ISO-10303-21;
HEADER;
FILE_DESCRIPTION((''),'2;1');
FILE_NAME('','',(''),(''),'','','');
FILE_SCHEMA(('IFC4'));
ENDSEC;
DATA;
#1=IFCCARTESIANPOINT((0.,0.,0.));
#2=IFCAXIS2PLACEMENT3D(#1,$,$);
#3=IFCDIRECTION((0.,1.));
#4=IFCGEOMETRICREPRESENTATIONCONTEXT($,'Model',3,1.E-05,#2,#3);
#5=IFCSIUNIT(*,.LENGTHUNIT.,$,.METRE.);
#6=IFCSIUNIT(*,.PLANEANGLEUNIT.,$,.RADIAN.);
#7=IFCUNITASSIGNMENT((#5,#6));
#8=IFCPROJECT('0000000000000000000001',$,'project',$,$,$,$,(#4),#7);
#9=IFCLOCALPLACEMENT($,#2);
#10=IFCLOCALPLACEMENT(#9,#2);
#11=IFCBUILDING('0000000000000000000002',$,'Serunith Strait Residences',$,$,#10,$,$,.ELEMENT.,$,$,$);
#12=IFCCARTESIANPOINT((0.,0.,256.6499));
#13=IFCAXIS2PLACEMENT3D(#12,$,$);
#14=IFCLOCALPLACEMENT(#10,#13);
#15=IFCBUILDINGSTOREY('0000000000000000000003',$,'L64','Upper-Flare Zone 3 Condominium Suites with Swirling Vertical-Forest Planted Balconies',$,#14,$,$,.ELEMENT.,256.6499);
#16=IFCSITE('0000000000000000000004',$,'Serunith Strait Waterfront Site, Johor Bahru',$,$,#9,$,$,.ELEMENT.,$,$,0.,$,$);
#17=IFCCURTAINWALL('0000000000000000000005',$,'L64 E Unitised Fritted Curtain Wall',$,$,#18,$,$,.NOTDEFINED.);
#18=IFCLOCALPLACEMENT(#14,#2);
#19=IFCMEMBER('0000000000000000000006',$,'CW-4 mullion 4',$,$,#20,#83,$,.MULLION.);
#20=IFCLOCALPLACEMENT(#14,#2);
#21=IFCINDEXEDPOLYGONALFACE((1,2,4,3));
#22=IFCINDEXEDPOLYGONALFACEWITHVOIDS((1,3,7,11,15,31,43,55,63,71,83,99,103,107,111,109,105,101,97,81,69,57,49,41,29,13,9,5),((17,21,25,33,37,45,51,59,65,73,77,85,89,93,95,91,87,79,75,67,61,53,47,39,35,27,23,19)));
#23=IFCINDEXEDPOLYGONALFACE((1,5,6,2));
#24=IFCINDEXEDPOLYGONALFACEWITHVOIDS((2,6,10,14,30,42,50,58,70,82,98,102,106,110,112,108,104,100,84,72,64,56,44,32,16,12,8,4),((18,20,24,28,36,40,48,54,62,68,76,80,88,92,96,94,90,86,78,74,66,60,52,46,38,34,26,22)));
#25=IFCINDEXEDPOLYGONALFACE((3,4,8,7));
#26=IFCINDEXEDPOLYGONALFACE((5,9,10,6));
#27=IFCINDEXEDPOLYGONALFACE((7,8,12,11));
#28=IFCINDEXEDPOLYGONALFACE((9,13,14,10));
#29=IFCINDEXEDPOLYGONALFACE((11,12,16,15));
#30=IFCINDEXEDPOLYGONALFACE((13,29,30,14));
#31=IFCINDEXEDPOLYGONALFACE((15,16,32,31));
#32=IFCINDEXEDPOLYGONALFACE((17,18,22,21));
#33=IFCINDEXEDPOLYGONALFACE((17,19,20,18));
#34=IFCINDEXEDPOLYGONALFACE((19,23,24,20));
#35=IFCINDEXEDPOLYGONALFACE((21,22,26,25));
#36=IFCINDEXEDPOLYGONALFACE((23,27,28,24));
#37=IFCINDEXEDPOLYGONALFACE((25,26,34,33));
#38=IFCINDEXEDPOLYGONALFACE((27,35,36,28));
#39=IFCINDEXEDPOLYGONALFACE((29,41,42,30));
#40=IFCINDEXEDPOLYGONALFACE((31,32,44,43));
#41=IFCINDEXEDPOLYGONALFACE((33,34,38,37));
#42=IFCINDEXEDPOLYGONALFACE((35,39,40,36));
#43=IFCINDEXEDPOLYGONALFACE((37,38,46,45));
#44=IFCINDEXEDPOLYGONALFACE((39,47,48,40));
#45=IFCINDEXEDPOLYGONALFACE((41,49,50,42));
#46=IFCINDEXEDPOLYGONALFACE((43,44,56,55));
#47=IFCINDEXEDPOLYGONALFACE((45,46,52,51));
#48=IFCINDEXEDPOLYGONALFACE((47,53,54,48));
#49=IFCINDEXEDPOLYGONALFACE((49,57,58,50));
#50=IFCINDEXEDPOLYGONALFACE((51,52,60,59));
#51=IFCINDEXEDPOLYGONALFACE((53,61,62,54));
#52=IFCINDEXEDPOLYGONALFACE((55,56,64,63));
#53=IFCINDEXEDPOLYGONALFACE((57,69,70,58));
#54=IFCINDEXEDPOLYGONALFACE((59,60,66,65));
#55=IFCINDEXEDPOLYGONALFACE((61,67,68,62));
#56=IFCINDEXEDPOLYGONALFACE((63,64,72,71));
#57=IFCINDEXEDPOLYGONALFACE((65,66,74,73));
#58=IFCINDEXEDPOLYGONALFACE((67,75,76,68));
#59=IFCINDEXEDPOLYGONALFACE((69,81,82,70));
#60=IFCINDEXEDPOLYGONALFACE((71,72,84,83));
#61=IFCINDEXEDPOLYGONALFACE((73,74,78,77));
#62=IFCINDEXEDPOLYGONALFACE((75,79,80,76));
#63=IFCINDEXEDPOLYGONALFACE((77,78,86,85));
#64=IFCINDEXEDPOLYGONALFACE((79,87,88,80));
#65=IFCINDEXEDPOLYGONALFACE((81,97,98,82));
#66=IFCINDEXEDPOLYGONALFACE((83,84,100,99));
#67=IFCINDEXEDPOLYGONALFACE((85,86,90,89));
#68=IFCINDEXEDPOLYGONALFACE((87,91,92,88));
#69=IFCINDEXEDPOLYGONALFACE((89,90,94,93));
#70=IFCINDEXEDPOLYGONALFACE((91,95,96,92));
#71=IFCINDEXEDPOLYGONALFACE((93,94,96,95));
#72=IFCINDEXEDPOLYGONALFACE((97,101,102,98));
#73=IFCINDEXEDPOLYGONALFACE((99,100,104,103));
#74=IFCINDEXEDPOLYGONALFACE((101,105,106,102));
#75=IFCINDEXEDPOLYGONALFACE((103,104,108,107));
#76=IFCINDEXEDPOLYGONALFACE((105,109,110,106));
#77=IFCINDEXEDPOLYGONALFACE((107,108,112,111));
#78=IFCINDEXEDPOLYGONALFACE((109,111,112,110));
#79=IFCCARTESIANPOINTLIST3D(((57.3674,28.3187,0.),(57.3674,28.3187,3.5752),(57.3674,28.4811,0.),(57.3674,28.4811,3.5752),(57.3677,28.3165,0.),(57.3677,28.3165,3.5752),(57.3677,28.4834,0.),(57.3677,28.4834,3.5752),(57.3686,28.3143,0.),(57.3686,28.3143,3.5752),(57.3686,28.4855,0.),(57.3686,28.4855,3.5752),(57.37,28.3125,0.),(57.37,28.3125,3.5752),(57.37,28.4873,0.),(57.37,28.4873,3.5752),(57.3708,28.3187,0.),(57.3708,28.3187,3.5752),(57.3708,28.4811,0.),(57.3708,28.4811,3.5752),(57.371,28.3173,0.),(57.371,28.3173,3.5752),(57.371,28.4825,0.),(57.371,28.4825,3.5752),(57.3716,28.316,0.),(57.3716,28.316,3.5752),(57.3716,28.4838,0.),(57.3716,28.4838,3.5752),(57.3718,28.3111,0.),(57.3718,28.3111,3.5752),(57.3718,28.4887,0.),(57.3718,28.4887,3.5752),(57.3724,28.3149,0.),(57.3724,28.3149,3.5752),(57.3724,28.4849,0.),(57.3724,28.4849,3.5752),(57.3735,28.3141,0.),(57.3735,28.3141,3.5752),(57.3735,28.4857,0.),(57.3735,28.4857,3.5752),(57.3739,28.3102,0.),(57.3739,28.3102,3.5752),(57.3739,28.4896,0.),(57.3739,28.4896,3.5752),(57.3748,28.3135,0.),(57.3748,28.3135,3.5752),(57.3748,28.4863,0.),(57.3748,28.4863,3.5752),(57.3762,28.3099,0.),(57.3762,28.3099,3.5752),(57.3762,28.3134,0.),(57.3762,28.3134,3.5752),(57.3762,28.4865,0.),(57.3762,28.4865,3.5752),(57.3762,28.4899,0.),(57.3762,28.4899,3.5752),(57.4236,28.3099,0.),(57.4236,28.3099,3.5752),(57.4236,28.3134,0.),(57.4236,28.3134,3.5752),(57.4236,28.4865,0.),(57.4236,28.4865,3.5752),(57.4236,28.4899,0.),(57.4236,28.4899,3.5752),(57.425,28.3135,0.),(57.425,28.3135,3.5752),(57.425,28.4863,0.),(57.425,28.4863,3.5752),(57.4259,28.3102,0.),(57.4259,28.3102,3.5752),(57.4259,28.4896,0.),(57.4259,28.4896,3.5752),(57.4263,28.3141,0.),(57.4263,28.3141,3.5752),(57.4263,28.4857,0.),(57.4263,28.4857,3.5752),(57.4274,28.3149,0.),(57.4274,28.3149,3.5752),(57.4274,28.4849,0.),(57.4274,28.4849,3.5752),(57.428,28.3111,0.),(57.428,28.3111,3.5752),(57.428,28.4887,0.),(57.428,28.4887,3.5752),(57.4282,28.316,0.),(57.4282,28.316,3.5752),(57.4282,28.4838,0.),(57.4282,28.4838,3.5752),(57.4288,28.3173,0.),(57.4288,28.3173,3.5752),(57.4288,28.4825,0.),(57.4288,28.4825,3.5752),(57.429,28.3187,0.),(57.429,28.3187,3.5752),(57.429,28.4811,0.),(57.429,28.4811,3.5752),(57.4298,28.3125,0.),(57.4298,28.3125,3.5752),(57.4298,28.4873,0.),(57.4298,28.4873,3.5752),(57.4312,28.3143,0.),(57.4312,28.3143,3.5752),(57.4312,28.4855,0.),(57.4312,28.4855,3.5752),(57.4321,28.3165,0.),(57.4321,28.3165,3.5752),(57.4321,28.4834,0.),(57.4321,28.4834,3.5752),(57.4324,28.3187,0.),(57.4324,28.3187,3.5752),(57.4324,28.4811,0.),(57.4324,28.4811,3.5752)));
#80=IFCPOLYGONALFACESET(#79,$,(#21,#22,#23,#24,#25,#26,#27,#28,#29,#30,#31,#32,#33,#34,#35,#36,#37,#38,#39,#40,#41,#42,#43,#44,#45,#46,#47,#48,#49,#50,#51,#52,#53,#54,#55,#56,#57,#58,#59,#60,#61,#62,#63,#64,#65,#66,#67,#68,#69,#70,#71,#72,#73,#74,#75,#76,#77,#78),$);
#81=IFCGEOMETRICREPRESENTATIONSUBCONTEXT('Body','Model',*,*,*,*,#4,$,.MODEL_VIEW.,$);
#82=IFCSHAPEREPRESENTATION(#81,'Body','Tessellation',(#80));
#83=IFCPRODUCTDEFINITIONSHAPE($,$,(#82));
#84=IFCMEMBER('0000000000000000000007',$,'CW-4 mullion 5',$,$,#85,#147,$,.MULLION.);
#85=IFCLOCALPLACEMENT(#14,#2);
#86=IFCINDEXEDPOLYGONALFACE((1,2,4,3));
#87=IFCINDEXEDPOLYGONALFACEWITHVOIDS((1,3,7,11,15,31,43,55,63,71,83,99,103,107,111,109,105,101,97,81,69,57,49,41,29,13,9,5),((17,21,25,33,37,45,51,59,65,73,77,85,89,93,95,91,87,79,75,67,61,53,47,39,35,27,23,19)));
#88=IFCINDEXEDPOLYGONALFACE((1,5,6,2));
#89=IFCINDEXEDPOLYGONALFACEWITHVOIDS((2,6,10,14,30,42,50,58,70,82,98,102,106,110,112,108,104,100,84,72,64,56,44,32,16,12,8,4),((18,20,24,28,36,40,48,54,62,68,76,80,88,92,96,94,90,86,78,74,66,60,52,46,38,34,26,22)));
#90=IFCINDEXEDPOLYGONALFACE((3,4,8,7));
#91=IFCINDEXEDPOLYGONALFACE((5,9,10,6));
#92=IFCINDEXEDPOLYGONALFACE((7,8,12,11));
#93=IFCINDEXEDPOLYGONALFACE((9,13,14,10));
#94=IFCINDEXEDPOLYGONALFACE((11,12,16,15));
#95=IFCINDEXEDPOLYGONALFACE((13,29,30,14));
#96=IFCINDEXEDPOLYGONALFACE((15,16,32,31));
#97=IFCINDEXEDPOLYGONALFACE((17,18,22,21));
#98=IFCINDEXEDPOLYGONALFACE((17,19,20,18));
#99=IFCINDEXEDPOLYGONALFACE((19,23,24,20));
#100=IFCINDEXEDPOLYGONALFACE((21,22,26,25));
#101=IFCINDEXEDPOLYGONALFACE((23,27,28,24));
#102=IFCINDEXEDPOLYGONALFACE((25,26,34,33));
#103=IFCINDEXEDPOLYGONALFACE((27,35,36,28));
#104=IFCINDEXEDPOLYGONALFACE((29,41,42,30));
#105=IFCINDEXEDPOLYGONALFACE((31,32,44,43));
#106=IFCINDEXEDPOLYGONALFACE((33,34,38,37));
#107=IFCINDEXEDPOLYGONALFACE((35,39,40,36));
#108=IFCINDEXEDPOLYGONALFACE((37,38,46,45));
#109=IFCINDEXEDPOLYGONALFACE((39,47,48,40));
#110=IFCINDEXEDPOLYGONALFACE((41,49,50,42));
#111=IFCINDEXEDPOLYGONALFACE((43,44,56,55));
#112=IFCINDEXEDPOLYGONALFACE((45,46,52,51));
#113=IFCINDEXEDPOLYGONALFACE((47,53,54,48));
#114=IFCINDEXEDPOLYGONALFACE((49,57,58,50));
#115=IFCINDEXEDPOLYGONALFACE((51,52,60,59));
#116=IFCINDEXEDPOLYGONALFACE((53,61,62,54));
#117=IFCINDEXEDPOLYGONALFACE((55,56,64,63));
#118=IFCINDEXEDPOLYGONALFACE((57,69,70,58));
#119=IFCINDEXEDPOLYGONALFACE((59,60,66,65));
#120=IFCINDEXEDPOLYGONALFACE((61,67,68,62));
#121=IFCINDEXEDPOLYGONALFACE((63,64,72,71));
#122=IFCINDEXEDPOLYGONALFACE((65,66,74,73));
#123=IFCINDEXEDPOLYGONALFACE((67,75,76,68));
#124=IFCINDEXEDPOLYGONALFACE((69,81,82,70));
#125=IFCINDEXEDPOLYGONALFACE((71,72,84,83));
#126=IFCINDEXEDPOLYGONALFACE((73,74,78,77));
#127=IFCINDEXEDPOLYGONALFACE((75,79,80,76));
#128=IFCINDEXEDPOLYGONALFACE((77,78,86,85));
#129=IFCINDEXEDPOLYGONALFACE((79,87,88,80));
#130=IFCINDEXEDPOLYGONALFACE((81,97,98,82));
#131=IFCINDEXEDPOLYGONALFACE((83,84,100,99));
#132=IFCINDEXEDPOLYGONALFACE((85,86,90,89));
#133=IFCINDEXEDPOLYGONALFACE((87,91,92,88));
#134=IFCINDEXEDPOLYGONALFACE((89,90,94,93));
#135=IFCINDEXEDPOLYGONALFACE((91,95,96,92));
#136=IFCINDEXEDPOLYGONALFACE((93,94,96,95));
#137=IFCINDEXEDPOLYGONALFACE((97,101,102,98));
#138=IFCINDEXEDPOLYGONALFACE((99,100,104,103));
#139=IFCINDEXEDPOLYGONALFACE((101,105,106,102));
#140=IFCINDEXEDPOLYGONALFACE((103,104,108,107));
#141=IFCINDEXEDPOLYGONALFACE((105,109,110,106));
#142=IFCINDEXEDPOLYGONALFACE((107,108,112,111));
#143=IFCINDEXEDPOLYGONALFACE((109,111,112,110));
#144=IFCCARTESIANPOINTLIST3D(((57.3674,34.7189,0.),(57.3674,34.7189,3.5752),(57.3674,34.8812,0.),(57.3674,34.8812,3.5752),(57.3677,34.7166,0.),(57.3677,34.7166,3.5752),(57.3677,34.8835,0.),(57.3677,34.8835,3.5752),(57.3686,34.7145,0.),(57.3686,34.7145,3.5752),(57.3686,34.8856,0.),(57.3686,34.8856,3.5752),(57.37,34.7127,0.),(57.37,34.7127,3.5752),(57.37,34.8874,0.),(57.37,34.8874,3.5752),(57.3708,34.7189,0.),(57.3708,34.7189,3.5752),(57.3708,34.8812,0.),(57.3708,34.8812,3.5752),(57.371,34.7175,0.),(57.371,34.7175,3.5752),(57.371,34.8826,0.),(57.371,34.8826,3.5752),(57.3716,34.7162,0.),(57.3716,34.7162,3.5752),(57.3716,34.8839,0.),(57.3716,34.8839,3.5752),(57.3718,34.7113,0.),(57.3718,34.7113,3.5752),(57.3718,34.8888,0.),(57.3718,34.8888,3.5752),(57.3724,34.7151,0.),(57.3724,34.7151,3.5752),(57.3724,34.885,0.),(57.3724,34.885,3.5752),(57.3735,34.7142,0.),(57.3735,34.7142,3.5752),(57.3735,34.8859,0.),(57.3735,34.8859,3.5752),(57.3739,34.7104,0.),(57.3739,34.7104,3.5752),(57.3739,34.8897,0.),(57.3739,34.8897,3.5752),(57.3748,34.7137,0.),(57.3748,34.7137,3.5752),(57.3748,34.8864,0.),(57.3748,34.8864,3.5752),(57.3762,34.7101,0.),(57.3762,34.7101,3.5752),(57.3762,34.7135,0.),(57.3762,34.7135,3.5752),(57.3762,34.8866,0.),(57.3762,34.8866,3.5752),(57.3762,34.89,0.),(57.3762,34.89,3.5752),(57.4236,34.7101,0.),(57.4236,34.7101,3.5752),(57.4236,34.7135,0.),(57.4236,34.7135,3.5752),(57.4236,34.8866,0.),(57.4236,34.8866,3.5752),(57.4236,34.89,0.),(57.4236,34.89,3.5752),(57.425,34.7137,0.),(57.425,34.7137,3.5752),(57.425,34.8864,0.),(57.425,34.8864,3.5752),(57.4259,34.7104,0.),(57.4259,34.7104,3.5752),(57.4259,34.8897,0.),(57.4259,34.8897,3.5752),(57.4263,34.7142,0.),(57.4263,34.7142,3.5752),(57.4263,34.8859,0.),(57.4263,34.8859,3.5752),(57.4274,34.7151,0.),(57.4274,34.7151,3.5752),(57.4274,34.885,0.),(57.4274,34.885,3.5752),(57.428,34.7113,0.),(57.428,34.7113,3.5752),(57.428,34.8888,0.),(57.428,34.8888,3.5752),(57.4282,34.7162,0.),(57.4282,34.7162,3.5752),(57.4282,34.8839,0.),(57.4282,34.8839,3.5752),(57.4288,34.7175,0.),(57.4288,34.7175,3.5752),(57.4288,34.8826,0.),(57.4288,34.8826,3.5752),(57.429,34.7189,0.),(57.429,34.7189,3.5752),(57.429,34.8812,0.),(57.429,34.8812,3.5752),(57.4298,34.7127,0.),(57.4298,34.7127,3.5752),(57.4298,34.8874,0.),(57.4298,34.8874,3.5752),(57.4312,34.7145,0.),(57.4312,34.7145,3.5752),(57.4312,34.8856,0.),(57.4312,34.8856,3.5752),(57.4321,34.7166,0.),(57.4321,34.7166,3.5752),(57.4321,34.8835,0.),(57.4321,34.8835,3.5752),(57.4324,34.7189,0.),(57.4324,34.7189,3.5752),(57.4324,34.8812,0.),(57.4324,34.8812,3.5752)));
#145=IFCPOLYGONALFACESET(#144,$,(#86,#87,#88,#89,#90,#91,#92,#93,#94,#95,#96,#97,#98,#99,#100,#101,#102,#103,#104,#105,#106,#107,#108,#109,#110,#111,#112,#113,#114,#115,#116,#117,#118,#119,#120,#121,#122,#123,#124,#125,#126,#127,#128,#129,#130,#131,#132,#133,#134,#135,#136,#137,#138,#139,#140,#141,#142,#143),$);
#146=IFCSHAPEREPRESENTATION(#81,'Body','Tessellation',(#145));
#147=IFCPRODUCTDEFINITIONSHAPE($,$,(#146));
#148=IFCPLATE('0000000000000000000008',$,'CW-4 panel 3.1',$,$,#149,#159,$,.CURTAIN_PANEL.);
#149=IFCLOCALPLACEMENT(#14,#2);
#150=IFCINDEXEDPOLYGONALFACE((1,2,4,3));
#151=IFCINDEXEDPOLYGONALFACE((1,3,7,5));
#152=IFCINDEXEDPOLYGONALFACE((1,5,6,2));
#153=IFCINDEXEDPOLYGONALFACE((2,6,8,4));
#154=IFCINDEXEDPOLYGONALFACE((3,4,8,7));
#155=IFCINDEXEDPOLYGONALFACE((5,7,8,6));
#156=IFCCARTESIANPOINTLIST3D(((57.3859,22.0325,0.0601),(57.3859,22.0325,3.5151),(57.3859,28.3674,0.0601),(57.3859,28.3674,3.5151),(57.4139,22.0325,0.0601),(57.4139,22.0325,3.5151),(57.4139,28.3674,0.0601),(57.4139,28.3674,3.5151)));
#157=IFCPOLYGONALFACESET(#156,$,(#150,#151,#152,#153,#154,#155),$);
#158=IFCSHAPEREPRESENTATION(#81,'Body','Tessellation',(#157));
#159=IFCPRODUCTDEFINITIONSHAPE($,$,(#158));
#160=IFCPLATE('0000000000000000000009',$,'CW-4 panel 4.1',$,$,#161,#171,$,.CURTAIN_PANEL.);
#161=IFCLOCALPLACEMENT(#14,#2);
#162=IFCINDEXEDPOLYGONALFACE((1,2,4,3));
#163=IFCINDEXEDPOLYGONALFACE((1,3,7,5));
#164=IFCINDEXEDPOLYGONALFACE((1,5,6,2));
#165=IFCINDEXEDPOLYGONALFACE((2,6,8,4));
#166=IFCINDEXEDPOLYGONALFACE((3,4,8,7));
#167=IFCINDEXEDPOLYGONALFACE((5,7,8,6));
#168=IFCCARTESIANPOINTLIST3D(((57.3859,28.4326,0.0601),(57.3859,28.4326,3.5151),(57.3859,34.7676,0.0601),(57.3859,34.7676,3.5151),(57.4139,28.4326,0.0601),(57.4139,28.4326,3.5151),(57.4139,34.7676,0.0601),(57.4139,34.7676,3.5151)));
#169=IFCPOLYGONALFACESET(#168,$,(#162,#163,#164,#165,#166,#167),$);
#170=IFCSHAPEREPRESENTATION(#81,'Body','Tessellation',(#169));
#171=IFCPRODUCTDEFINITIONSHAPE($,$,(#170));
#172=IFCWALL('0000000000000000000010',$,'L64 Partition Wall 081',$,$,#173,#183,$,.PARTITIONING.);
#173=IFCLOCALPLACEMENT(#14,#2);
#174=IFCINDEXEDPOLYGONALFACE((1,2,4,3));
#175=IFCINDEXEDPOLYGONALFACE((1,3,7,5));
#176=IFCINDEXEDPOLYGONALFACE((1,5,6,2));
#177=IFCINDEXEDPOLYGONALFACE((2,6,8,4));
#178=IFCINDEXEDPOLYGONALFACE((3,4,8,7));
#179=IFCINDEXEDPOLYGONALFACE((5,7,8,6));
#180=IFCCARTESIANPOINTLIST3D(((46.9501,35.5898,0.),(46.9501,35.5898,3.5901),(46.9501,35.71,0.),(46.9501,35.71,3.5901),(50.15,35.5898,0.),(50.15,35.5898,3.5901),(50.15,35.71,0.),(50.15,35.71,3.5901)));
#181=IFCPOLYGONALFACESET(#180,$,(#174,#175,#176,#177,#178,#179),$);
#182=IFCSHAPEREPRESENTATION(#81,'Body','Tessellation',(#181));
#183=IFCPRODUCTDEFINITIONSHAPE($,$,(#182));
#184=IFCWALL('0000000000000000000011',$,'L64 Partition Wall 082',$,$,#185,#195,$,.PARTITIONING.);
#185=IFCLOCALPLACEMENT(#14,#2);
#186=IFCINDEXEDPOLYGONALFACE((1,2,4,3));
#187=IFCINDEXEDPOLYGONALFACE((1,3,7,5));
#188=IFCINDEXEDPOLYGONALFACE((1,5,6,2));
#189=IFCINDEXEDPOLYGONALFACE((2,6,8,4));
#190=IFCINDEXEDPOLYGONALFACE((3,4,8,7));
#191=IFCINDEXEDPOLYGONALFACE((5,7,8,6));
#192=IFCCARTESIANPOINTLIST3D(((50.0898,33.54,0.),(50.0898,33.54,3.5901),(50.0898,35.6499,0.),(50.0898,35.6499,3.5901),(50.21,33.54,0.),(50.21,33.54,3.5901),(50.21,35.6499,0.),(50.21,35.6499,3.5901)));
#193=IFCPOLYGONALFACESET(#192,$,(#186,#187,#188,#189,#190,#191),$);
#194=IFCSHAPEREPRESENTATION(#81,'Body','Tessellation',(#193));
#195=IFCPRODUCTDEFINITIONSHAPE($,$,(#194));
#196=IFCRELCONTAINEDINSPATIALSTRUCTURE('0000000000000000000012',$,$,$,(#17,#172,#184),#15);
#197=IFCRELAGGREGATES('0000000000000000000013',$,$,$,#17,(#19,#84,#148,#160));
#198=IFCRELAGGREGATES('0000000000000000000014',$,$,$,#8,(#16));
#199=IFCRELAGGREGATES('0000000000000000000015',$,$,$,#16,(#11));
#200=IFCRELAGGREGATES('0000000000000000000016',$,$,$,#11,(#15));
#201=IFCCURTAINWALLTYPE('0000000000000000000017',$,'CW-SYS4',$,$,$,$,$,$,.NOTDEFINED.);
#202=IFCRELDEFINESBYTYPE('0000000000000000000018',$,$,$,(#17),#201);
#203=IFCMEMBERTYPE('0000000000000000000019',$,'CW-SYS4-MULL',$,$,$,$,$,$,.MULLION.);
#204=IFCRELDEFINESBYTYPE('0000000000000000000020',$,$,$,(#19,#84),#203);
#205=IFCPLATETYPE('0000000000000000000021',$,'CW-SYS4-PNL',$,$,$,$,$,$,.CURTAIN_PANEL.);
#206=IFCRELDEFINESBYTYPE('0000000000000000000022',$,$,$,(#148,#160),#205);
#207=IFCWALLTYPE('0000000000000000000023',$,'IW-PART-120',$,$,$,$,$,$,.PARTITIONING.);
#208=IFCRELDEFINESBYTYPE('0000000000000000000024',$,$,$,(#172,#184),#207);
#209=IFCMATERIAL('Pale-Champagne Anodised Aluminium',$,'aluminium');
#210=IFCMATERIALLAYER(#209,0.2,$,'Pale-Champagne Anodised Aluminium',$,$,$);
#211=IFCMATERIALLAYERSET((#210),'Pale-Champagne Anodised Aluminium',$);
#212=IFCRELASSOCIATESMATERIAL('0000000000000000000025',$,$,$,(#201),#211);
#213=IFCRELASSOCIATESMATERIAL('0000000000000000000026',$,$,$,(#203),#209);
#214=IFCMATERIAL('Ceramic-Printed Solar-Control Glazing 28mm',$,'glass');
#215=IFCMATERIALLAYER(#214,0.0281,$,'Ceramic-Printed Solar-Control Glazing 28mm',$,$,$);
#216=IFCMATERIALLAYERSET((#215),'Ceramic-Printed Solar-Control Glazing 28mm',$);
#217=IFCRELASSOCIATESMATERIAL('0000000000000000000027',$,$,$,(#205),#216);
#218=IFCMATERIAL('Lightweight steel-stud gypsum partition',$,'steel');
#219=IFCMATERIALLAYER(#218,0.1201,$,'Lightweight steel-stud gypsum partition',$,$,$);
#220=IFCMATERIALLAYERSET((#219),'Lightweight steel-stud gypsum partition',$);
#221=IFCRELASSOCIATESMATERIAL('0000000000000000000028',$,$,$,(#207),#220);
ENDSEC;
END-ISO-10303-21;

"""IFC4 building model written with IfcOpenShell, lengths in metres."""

from ifc_helpers import new_model, si_unit, direction, frame, frame_2d, origin, origin_2d, place, context, subcontext, project, spatial, rectangle, hollow_rectangle, extrude, source, transform, mapped, material, layer, layer_set, material_profile, profile_set, type_object, element, aggregate, save


model = new_model("IFC4")

# Units and contexts
model_context = context("Model", 3, precision=1e-05, world=origin(), true_north=direction((0.0, 1.0)))
body_context = subcontext(model_context, "Body", "Model", "MODEL_VIEW")
ifc_project = project(units=[si_unit("LENGTHUNIT", "METRE"), si_unit("PLANEANGLEUNIT", "RADIAN")], contexts=[model_context])

# Site, building, storey
site_placement = place(None, origin())
site = spatial("IfcSite", under=ifc_project, at=site_placement, Name="Serunith Strait Waterfront Site, Johor Bahru", CompositionType="ELEMENT", RefElevation=0.0)
building_placement = place(site_placement, origin())
building = spatial("IfcBuilding", under=site, at=building_placement, Name="Serunith Strait Residences", CompositionType="ELEMENT")
storey_placement = place(building_placement, frame((0.0, 0.0, 256.6499)))
storey = spatial("IfcBuildingStorey", under=building, at=storey_placement, Name="L64", Description="Upper-Flare Zone 3 Condominium Suites with Swirling Vertical-Forest Planted Balconies", CompositionType="ELEMENT", Elevation=256.6499)

# Curtain wall, members, plates
ifc_material_1 = material(Name="Pale-Champagne Anodised Aluminium", Category="aluminium")
ifc_layer_1 = layer(ifc_material_1, 0.2, Name="Pale-Champagne Anodised Aluminium")
ifc_layer_set_1 = layer_set([ifc_layer_1], Name="Pale-Champagne Anodised Aluminium")
curtain_wall_type = type_object("IfcCurtainWallType", Name="CW-SYS4", PredefinedType="NOTDEFINED", material=ifc_layer_set_1)
curtain_wall_placement = place(storey_placement, origin())
curtain_wall = element("IfcCurtainWall", 1, at=curtain_wall_placement, inside=storey, type_object=curtain_wall_type, Name="L64 E Unitised Fritted Curtain Wall", PredefinedType="NOTDEFINED")
ifc_material_profile_1 = material_profile(ifc_material_1, hollow_rectangle(XDim=0.0649, YDim=0.1799, WallThickness=0.0034, InnerFilletRadius=0.0054, OuterFilletRadius=0.0088, at=origin_2d()), Name="ALU 180x65x3.5")
ifc_profile_set_1 = profile_set([ifc_material_profile_1], Name="Pale-Champagne Anodised Aluminium")
member_type_1 = type_object("IfcMemberType", Name="CW-SYS4-MULL", PredefinedType="MULLION", material=ifc_profile_set_1)
shared_shape_1 = source(origin(), body_context, "Body", "SweptSolid", [
    extrude(hollow_rectangle(XDim=0.0649, YDim=0.1799, WallThickness=0.0034, InnerFilletRadius=0.0054, OuterFilletRadius=0.0088, at=origin_2d()), origin(), (0.0, 0.0, 1.0), 3.5752),
])
member_1_placement = place(storey_placement, frame((57.3999, 28.3999, 0.0), z_axis=(0.0, 0.0, 1.0), x_axis=(-1.0, 0.0, 0.0)))
member_1 = element("IfcMember", 2, at=member_1_placement, type_object=member_type_1, Name="CW-4 mullion 4", PredefinedType="MULLION", context=body_context, shape_type="MappedRepresentation", body=[
    mapped(shared_shape_1, transform((0.0, 0.0, 0.0), scale=1.0)),
])
member_2_placement = place(storey_placement, frame((57.3999, 34.8, 0.0), z_axis=(0.0, 0.0, 1.0), x_axis=(-1.0, 0.0, 0.0)))
member_2 = element("IfcMember", 3, at=member_2_placement, type_object=member_type_1, Name="CW-4 mullion 5", PredefinedType="MULLION", context=body_context, shape_type="MappedRepresentation", body=[
    mapped(shared_shape_1, transform((0.0, 0.0, 0.0), scale=1.0)),
])
ifc_material_2 = material(Name="Ceramic-Printed Solar-Control Glazing 28mm", Category="glass")
ifc_layer_2 = layer(ifc_material_2, 0.0281, Name="Ceramic-Printed Solar-Control Glazing 28mm")
ifc_layer_set_2 = layer_set([ifc_layer_2], Name="Ceramic-Printed Solar-Control Glazing 28mm")
plate_type = type_object("IfcPlateType", Name="CW-SYS4-PNL", PredefinedType="CURTAIN_PANEL", material=ifc_layer_set_2)
shared_shape_2 = source(origin(), body_context, "Body", "SweptSolid", [
    extrude(rectangle(XDim=6.335, YDim=0.0281, at=origin_2d()), origin(), (0.0, 0.0, 1.0), 3.4551),
])
plate_1_placement = place(storey_placement, frame((57.3999, 25.2, 0.0601), z_axis=(0.0, 0.0, 1.0), x_axis=(0.0, 1.0, 0.0)))
plate_1 = element("IfcPlate", 4, at=plate_1_placement, type_object=plate_type, Name="CW-4 panel 3.1", PredefinedType="CURTAIN_PANEL", context=body_context, shape_type="MappedRepresentation", body=[
    mapped(shared_shape_2, transform((0.0, 0.0, 0.0), scale=1.0)),
])
plate_2_placement = place(storey_placement, frame((57.3999, 31.6001, 0.0601), z_axis=(0.0, 0.0, 1.0), x_axis=(0.0, 1.0, 0.0)))
plate_2 = element("IfcPlate", 5, at=plate_2_placement, type_object=plate_type, Name="CW-4 panel 4.1", PredefinedType="CURTAIN_PANEL", context=body_context, shape_type="MappedRepresentation", body=[
    mapped(shared_shape_2, transform((0.0, 0.0, 0.0), scale=1.0)),
])
aggregate(curtain_wall, [member_1, member_2, plate_1, plate_2])

# Walls
ifc_material_3 = material(Name="Lightweight steel-stud gypsum partition", Category="steel")
ifc_layer_3 = layer(ifc_material_3, 0.1201, Name="Lightweight steel-stud gypsum partition")
ifc_layer_set_3 = layer_set([ifc_layer_3], Name="Lightweight steel-stud gypsum partition")
wall_type_1 = type_object("IfcWallType", Name="IW-PART-120", PredefinedType="PARTITIONING", material=ifc_layer_set_3)
wall_1_placement = place(storey_placement, frame((46.95, 35.6499, 0.0), z_axis=(0.0, 0.0, 1.0), x_axis=(1.0, 0.0, 0.0)))
element("IfcWall", 6, at=wall_1_placement, inside=storey, type_object=wall_type_1, Name="L64 Partition Wall 081", PredefinedType="PARTITIONING", context=body_context, shape_type="SweptSolid", body=[
    extrude(rectangle(XDim=3.2, YDim=0.1201, at=frame_2d((1.6001, 0.0))), origin(), (0.0, 0.0, 1.0), 3.5901),
])
wall_2_placement = place(storey_placement, frame((50.1499, 35.6499, 0.0), z_axis=(0.0, 0.0, 1.0), x_axis=(0.0, -1.0, 0.0)))
element("IfcWall", 7, at=wall_2_placement, inside=storey, type_object=wall_type_1, Name="L64 Partition Wall 082", PredefinedType="PARTITIONING", context=body_context, shape_type="SweptSolid", body=[
    extrude(rectangle(XDim=2.1099, YDim=0.1201, at=frame_2d((1.0549, 0.0))), origin(), (0.0, 0.0, 1.0), 3.5901),
])

save(model, "model.ifc")
